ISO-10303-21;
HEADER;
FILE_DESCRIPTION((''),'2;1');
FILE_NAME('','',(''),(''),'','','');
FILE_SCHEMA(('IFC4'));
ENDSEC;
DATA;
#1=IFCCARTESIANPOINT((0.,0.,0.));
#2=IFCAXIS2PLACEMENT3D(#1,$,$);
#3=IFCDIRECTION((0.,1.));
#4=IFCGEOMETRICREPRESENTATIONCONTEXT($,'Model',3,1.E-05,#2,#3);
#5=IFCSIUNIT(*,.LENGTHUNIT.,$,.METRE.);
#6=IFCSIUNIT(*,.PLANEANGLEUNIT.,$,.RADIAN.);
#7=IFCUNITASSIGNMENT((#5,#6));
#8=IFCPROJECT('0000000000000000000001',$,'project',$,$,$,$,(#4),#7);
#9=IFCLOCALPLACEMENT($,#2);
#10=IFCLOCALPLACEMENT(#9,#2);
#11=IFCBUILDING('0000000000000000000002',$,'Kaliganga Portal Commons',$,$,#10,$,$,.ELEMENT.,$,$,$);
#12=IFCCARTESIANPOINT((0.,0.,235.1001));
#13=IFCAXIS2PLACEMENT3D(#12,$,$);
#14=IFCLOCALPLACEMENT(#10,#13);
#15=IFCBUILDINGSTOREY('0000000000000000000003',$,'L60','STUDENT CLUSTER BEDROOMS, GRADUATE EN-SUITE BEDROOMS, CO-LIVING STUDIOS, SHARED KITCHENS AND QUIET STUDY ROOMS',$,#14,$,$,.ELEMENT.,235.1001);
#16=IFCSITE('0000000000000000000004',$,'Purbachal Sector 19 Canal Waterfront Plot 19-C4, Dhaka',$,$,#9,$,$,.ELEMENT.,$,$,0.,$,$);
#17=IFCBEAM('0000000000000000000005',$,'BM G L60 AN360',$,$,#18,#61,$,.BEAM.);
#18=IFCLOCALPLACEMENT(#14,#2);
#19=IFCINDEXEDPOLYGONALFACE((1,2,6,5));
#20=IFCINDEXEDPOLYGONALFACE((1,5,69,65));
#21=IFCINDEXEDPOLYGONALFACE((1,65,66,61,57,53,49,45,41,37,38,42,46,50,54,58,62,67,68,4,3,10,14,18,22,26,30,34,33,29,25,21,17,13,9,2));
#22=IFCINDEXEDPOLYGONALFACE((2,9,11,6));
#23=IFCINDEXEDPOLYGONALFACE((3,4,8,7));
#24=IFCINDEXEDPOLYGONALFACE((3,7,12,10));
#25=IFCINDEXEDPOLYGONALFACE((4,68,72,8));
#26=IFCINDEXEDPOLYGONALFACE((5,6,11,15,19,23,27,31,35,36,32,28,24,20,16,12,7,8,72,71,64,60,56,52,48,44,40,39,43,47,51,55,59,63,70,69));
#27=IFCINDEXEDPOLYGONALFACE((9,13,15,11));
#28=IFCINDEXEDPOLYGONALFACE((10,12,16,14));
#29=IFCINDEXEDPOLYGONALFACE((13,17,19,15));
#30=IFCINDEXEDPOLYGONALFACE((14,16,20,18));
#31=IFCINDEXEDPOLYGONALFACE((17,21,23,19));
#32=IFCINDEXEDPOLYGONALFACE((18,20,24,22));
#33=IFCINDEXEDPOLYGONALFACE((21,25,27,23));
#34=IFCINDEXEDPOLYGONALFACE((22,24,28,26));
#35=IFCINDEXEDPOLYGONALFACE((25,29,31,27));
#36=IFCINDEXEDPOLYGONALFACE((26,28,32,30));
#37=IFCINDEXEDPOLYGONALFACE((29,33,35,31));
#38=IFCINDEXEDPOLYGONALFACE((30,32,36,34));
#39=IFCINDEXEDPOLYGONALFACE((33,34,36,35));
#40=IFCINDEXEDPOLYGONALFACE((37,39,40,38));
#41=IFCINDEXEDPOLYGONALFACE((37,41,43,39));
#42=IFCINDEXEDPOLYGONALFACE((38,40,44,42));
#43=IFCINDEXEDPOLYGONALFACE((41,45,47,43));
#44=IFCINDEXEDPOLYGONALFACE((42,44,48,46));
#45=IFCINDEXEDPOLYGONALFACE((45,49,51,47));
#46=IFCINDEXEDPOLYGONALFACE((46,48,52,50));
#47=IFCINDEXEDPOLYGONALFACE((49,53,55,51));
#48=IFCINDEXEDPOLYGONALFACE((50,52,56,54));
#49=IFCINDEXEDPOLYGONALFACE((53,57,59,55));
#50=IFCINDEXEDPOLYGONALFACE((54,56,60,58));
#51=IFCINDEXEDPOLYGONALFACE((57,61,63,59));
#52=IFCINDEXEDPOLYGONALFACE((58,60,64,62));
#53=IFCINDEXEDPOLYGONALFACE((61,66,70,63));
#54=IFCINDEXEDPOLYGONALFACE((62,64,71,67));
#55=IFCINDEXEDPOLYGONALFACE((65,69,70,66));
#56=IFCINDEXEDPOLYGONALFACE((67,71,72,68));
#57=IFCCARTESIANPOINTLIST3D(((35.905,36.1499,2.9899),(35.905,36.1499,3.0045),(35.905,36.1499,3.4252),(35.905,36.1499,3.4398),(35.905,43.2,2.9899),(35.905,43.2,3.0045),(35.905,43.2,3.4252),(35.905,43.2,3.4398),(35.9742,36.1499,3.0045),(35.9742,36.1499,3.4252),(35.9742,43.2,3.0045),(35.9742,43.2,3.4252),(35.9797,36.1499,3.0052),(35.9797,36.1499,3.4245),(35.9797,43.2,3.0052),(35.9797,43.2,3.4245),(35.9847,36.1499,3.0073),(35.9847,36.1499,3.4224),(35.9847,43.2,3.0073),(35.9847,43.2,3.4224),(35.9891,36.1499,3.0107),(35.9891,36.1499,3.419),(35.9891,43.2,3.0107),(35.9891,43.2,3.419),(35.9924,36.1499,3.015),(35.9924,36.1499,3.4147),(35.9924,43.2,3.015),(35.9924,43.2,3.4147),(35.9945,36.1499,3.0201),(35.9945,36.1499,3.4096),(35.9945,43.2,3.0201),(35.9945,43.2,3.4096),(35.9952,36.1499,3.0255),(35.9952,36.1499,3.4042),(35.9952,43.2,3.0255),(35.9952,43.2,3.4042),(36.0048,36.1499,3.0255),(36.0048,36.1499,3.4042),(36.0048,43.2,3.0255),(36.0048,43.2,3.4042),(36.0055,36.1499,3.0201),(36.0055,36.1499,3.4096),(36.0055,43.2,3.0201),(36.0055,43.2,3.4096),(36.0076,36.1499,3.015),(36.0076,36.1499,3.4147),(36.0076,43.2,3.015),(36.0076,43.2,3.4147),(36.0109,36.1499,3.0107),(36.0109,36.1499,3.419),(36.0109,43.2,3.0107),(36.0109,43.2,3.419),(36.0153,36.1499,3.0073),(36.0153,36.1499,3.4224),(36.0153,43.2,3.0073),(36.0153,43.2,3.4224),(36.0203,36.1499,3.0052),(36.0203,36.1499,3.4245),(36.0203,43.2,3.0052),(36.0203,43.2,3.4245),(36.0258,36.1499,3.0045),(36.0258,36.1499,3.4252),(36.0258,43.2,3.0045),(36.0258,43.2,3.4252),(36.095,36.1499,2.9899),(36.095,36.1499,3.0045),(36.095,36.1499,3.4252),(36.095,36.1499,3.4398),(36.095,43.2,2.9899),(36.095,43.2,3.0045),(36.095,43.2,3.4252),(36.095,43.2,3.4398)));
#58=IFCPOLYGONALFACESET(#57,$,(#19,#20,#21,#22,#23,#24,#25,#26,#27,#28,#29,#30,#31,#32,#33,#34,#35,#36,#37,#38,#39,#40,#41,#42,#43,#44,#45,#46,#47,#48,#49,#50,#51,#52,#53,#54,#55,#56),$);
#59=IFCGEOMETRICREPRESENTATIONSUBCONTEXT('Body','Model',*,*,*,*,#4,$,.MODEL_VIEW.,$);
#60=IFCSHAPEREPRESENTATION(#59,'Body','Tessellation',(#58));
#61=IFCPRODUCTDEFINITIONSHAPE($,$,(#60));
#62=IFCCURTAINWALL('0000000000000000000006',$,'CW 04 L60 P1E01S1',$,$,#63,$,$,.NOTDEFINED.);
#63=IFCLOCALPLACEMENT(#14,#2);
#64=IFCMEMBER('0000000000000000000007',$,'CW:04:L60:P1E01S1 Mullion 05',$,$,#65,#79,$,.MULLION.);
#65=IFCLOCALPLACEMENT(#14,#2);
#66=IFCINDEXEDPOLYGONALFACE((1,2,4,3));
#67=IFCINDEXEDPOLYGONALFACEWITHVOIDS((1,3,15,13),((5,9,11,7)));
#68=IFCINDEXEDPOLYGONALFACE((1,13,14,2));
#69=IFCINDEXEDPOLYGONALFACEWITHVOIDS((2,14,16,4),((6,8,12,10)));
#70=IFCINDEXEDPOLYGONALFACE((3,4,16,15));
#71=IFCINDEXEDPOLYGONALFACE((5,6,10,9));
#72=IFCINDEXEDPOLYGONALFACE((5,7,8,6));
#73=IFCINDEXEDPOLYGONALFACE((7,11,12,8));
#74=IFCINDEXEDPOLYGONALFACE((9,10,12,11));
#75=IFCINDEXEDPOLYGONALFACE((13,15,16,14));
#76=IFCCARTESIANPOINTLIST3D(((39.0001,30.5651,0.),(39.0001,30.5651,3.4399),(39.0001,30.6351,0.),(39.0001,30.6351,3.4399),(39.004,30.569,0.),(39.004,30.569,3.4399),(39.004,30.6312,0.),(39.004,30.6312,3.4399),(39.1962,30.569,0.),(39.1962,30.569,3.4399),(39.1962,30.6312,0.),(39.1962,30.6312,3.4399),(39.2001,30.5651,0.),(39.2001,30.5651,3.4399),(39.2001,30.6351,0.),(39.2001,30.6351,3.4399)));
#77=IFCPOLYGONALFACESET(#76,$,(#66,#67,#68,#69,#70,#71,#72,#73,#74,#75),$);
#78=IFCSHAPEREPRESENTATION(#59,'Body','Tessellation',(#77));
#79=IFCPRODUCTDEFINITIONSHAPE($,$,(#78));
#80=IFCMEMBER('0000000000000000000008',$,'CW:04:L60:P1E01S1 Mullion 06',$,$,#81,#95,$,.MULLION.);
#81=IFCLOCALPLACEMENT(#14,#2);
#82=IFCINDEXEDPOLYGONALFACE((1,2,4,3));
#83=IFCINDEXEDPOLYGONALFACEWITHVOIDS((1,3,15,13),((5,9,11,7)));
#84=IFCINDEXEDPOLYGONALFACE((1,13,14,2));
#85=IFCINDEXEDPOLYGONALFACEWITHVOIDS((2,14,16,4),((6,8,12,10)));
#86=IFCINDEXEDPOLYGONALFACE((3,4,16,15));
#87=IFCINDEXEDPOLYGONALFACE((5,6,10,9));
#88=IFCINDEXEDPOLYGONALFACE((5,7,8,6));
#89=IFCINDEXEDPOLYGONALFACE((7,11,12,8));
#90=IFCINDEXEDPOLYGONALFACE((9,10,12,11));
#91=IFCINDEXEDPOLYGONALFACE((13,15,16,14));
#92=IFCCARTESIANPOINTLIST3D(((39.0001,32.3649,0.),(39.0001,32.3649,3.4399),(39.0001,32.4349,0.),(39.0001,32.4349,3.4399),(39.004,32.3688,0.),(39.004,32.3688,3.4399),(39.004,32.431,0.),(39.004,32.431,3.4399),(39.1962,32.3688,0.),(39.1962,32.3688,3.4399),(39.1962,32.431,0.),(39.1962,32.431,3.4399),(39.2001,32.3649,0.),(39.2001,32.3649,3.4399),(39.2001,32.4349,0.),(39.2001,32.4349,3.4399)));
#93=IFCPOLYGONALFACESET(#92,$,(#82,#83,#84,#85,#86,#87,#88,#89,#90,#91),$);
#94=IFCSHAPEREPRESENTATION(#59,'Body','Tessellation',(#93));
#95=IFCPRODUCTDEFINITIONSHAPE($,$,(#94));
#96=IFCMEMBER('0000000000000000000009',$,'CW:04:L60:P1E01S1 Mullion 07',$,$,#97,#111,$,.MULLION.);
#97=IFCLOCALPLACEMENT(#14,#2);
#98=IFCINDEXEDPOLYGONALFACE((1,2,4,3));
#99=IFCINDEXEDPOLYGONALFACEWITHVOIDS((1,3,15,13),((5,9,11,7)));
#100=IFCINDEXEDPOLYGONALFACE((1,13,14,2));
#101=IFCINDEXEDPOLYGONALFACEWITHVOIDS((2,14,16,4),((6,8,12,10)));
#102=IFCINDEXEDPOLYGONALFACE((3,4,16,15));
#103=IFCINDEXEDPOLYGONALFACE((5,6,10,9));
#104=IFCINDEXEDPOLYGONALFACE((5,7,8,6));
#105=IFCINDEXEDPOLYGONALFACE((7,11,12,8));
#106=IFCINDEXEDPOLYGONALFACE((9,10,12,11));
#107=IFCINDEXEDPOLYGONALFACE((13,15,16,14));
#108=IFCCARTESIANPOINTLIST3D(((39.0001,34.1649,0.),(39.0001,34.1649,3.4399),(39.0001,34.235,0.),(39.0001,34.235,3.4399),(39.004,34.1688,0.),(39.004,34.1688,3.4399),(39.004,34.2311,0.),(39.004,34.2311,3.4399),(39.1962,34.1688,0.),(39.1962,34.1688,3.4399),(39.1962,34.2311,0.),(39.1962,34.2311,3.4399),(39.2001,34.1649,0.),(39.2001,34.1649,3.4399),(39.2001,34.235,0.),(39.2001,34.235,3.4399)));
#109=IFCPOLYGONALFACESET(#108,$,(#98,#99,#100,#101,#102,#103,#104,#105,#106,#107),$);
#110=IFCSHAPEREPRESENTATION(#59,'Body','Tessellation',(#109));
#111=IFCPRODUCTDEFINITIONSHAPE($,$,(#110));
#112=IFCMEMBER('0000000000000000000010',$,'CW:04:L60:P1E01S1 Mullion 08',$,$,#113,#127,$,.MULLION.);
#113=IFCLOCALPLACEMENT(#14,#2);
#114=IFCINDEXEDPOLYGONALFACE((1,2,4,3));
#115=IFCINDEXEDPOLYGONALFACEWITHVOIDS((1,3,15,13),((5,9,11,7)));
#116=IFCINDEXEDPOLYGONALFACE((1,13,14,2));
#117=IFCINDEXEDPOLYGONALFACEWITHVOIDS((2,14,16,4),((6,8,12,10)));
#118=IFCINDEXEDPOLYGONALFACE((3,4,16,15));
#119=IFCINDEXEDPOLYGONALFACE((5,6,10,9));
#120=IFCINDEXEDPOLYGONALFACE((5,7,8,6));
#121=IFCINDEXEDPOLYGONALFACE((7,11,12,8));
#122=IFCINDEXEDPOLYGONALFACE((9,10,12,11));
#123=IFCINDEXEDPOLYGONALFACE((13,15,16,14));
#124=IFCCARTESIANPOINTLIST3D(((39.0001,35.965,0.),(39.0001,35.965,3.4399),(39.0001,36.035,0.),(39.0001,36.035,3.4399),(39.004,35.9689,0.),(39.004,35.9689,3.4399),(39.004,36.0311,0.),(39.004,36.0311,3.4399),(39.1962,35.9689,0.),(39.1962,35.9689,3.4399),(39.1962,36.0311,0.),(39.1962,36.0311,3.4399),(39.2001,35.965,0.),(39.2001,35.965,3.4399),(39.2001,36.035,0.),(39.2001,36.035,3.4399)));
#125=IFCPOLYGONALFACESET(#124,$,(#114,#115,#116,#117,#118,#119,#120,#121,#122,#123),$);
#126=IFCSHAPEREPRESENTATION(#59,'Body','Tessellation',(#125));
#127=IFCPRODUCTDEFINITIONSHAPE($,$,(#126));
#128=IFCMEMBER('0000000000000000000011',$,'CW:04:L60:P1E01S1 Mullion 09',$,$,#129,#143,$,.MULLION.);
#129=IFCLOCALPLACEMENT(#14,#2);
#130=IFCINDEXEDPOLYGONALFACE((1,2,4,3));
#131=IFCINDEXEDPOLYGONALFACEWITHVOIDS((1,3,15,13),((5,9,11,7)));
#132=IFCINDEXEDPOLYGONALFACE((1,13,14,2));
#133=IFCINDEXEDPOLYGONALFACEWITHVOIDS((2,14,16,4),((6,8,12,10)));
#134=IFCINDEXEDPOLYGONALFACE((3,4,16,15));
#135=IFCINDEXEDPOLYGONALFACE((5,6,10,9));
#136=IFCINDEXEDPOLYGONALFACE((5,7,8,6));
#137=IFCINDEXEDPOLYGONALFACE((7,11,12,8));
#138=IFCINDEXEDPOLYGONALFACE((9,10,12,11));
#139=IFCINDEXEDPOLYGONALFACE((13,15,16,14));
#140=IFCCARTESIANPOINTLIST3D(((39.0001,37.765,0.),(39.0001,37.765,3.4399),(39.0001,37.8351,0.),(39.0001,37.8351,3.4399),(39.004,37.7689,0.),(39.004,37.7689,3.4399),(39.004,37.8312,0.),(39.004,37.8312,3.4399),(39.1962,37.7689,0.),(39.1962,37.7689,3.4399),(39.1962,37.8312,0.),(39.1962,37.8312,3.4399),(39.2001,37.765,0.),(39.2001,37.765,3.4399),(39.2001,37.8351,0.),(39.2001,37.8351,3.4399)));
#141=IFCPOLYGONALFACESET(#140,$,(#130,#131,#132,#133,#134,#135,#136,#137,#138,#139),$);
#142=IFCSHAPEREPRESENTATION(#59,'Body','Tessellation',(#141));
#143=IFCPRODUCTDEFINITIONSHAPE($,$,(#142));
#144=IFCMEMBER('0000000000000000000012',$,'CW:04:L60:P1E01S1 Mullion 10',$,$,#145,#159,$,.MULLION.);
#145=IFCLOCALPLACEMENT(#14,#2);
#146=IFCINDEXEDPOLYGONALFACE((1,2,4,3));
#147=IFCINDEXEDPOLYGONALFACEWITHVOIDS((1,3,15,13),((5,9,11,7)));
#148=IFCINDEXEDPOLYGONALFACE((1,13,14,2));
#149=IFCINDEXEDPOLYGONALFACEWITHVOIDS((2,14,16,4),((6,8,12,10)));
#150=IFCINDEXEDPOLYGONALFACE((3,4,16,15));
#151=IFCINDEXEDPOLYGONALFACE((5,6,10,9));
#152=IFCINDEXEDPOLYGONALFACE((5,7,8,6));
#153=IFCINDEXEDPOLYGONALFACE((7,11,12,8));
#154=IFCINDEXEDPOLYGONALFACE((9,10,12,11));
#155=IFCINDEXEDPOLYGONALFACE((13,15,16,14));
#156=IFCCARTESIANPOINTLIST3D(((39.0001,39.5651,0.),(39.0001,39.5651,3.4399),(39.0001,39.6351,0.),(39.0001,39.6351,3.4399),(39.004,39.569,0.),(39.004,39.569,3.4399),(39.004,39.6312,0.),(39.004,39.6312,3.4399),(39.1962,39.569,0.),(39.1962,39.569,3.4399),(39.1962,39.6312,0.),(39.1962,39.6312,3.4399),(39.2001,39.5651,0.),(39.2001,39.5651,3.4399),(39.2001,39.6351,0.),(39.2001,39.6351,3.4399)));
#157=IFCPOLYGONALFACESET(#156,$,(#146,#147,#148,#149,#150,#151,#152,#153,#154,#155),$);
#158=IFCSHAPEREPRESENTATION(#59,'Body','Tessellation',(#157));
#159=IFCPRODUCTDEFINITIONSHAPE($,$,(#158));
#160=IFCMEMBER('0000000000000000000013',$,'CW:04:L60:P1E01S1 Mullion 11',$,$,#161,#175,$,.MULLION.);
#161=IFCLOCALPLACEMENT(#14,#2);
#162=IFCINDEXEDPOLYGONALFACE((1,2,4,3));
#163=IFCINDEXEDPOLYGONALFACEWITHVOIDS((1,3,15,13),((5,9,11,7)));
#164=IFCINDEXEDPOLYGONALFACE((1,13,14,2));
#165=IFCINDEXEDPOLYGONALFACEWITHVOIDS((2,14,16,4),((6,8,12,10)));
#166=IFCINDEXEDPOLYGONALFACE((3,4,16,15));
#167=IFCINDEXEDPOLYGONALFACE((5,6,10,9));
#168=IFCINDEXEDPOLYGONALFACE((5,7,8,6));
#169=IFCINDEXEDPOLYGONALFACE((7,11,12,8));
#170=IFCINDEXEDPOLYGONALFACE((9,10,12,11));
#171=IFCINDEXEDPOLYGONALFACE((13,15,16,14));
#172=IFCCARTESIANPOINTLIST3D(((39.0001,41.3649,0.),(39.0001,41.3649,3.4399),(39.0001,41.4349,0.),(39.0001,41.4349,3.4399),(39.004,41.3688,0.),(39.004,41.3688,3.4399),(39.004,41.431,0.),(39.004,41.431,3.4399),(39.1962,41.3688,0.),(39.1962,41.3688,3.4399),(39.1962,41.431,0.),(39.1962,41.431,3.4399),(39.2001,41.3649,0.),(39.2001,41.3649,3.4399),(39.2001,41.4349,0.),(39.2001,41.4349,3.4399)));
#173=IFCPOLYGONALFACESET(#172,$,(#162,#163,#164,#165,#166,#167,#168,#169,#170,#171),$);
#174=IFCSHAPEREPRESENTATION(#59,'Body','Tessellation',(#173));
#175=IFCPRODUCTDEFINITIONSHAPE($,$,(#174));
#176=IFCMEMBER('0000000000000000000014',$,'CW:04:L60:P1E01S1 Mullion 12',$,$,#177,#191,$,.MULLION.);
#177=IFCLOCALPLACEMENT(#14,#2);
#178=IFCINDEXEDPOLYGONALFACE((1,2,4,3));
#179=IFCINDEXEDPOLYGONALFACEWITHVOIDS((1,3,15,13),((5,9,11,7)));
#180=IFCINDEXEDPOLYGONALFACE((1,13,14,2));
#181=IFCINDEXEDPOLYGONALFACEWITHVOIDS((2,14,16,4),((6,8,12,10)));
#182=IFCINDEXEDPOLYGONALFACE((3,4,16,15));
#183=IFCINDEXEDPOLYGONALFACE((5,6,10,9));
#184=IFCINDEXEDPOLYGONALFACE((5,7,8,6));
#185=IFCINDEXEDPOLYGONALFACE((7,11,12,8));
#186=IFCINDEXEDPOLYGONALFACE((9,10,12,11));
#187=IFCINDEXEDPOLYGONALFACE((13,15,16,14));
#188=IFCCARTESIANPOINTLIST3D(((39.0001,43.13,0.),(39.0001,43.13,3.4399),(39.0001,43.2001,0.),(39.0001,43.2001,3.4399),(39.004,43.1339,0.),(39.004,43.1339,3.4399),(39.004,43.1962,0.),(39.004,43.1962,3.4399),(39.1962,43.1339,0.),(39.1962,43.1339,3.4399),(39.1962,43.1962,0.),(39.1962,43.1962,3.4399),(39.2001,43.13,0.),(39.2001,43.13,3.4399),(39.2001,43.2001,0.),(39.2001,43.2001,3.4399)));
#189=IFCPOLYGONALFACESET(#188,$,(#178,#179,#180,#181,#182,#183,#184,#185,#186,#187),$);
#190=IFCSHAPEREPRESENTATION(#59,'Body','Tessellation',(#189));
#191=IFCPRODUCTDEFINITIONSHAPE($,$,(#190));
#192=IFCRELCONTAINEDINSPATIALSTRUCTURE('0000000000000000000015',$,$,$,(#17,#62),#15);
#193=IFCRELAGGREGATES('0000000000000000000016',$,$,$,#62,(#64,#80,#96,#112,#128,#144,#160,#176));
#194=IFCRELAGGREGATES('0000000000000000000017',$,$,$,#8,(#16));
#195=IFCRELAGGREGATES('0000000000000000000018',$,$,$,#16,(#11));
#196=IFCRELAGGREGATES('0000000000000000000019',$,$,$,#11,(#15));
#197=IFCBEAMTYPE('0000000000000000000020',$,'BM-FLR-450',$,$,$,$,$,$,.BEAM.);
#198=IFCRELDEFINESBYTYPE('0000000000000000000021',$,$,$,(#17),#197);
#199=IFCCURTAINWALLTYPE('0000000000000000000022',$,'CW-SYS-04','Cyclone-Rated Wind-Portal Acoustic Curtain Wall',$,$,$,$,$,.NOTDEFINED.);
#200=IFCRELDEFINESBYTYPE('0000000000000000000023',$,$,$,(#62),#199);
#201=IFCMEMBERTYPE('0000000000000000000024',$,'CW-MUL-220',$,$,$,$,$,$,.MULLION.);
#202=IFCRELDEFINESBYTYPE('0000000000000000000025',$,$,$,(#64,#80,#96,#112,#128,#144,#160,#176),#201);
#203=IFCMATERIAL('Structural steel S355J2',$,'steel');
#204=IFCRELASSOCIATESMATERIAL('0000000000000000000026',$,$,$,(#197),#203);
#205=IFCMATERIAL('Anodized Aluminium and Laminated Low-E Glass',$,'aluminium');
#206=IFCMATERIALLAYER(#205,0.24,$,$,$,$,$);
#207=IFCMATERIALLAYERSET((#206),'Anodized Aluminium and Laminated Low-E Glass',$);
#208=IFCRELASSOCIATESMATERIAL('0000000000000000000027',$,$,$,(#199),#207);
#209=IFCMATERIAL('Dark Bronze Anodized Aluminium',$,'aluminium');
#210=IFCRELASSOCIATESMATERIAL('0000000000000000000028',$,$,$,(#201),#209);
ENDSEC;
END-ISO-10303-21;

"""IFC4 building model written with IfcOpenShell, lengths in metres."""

from ifc_helpers import new_model, si_unit, direction, frame, origin, origin_2d, place, context, subcontext, project, spatial, hollow_rectangle, i_section, extrude, source, transform, mapped, material, layer, layer_set, material_profile, profile_set, type_object, element, aggregate, save


model = new_model("IFC4")

# Units and contexts
model_context = context("Model", 3, precision=1e-05, world=origin(), true_north=direction((0.0, 1.0)))
body_context = subcontext(model_context, "Body", "Model", "MODEL_VIEW")
ifc_project = project(units=[si_unit("LENGTHUNIT", "METRE"), si_unit("PLANEANGLEUNIT", "RADIAN")], contexts=[model_context])

# Site, building, storey
site_placement = place(None, origin())
site = spatial("IfcSite", under=ifc_project, at=site_placement, Name="Purbachal Sector 19 Canal Waterfront Plot 19-C4, Dhaka", CompositionType="ELEMENT", RefElevation=0.0)
building_placement = place(site_placement, origin())
building = spatial("IfcBuilding", under=site, at=building_placement, Name="Kaliganga Portal Commons", CompositionType="ELEMENT")
storey_placement = place(building_placement, frame((0.0, 0.0, 235.1001)))
storey = spatial("IfcBuildingStorey", under=building, at=storey_placement, Name="L60", Description="STUDENT CLUSTER BEDROOMS, GRADUATE EN-SUITE BEDROOMS, CO-LIVING STUDIOS, SHARED KITCHENS AND QUIET STUDY ROOMS", CompositionType="ELEMENT", Elevation=235.1001)

# Beam
ifc_material_1 = material(Name="Structural steel S355J2", Category="steel")
ifc_material_profile_1 = material_profile(ifc_material_1, i_section(OverallWidth=0.1899, OverallDepth=0.45, WebThickness=0.0095, FlangeThickness=0.0146, FilletRadius=0.021, at=origin_2d()), Name="IPE 450")
ifc_profile_set_1 = profile_set([ifc_material_profile_1], Name="Structural steel S355J2 wide-flange")
beam_type = type_object("IfcBeamType", Name="BM-FLR-450", PredefinedType="BEAM", material=ifc_profile_set_1)
shared_shape_1 = source(origin(), body_context, "Body", "SweptSolid", [
    extrude(i_section(OverallWidth=0.1899, OverallDepth=0.45, WebThickness=0.0095, FlangeThickness=0.0146, FilletRadius=0.021, at=origin_2d()), origin(), (0.0, 0.0, 1.0), 7.05),
])
beam_placement = place(storey_placement, frame((36.0, 36.1499, 3.2148), z_axis=(0.0, 1.0, 0.0), x_axis=(-1.0, 0.0, 0.0)))
element("IfcBeam", 1, at=beam_placement, inside=storey, type_object=beam_type, Name="BM G L60 AN360", PredefinedType="BEAM", context=body_context, shape_type="MappedRepresentation", body=[
    mapped(shared_shape_1, transform((0.0, 0.0, 0.0), x_axis=(1.0, 0.0, 0.0), y_axis=(0.0, 1.0, 0.0), z_axis=(0.0, 0.0, 1.0), scale=1.0)),
])

# Curtain wall, members
ifc_material_2 = material(Name="Anodized Aluminium and Laminated Low-E Glass", Category="aluminium")
ifc_layer_1 = layer(ifc_material_2, 0.24)
ifc_layer_set_1 = layer_set([ifc_layer_1], Name="Anodized Aluminium and Laminated Low-E Glass")
curtain_wall_type = type_object("IfcCurtainWallType", Name="CW-SYS-04", Description="Cyclone-Rated Wind-Portal Acoustic Curtain Wall", PredefinedType="NOTDEFINED", material=ifc_layer_set_1)
curtain_wall_1_placement = place(storey_placement, origin())
curtain_wall_1 = element("IfcCurtainWall", 2, at=curtain_wall_1_placement, inside=storey, type_object=curtain_wall_type, Name="CW 04 L60 P1E01S1", PredefinedType="NOTDEFINED")
ifc_material_3 = material(Name="Dark Bronze Anodized Aluminium", Category="aluminium")
ifc_material_profile_2 = material_profile(ifc_material_3, hollow_rectangle(XDim=0.0701, YDim=0.2, WallThickness=0.0039, at=origin_2d()), Name="ALU MULL 70x200x4")
ifc_profile_set_2 = profile_set([ifc_material_profile_2], Name="Dark Bronze Anodized Aluminium")
member_type = type_object("IfcMemberType", Name="CW-MUL-220", PredefinedType="MULLION", material=ifc_profile_set_2)
shared_shape_2 = source(origin(), body_context, "Body", "SweptSolid", [
    extrude(hollow_rectangle(XDim=0.0701, YDim=0.2, WallThickness=0.0039, at=origin_2d()), origin(), (0.0, 0.0, 1.0), 3.4399),
])
member_1_placement = place(storey_placement, frame((39.1001, 30.6001, 0.0), z_axis=(0.0, 0.0, 1.0), x_axis=(0.0, 1.0, 0.0)))
member_1 = element("IfcMember", 3, at=member_1_placement, type_object=member_type, Name="CW:04:L60:P1E01S1 Mullion 05", PredefinedType="MULLION", context=body_context, shape_type="MappedRepresentation", body=[
    mapped(shared_shape_2, transform((0.0, 0.0, 0.0), x_axis=(1.0, 0.0, 0.0), y_axis=(0.0, 1.0, 0.0), z_axis=(0.0, 0.0, 1.0), scale=1.0)),
])
member_2_placement = place(storey_placement, frame((39.1001, 32.3999, 0.0), z_axis=(0.0, 0.0, 1.0), x_axis=(0.0, 1.0, 0.0)))
member_2 = element("IfcMember", 4, at=member_2_placement, type_object=member_type, Name="CW:04:L60:P1E01S1 Mullion 06", PredefinedType="MULLION", context=body_context, shape_type="MappedRepresentation", body=[
    mapped(shared_shape_2, transform((0.0, 0.0, 0.0), x_axis=(1.0, 0.0, 0.0), y_axis=(0.0, 1.0, 0.0), z_axis=(0.0, 0.0, 1.0), scale=1.0)),
])
member_3_placement = place(storey_placement, frame((39.1001, 34.2, 0.0), z_axis=(0.0, 0.0, 1.0), x_axis=(0.0, 1.0, 0.0)))
member_3 = element("IfcMember", 5, at=member_3_placement, type_object=member_type, Name="CW:04:L60:P1E01S1 Mullion 07", PredefinedType="MULLION", context=body_context, shape_type="MappedRepresentation", body=[
    mapped(shared_shape_2, transform((0.0, 0.0, 0.0), x_axis=(1.0, 0.0, 0.0), y_axis=(0.0, 1.0, 0.0), z_axis=(0.0, 0.0, 1.0), scale=1.0)),
])
member_4_placement = place(storey_placement, frame((39.1001, 36.0, 0.0), z_axis=(0.0, 0.0, 1.0), x_axis=(0.0, 1.0, 0.0)))
member_4 = element("IfcMember", 6, at=member_4_placement, type_object=member_type, Name="CW:04:L60:P1E01S1 Mullion 08", PredefinedType="MULLION", context=body_context, shape_type="MappedRepresentation", body=[
    mapped(shared_shape_2, transform((0.0, 0.0, 0.0), x_axis=(1.0, 0.0, 0.0), y_axis=(0.0, 1.0, 0.0), z_axis=(0.0, 0.0, 1.0), scale=1.0)),
])
member_5_placement = place(storey_placement, frame((39.1001, 37.8, 0.0), z_axis=(0.0, 0.0, 1.0), x_axis=(0.0, 1.0, 0.0)))
member_5 = element("IfcMember", 7, at=member_5_placement, type_object=member_type, Name="CW:04:L60:P1E01S1 Mullion 09", PredefinedType="MULLION", context=body_context, shape_type="MappedRepresentation", body=[
    mapped(shared_shape_2, transform((0.0, 0.0, 0.0), x_axis=(1.0, 0.0, 0.0), y_axis=(0.0, 1.0, 0.0), z_axis=(0.0, 0.0, 1.0), scale=1.0)),
])
member_6_placement = place(storey_placement, frame((39.1001, 39.6001, 0.0), z_axis=(0.0, 0.0, 1.0), x_axis=(0.0, 1.0, 0.0)))
member_6 = element("IfcMember", 8, at=member_6_placement, type_object=member_type, Name="CW:04:L60:P1E01S1 Mullion 10", PredefinedType="MULLION", context=body_context, shape_type="MappedRepresentation", body=[
    mapped(shared_shape_2, transform((0.0, 0.0, 0.0), x_axis=(1.0, 0.0, 0.0), y_axis=(0.0, 1.0, 0.0), z_axis=(0.0, 0.0, 1.0), scale=1.0)),
])
member_7_placement = place(storey_placement, frame((39.1001, 41.3999, 0.0), z_axis=(0.0, 0.0, 1.0), x_axis=(0.0, 1.0, 0.0)))
member_7 = element("IfcMember", 9, at=member_7_placement, type_object=member_type, Name="CW:04:L60:P1E01S1 Mullion 11", PredefinedType="MULLION", context=body_context, shape_type="MappedRepresentation", body=[
    mapped(shared_shape_2, transform((0.0, 0.0, 0.0), x_axis=(1.0, 0.0, 0.0), y_axis=(0.0, 1.0, 0.0), z_axis=(0.0, 0.0, 1.0), scale=1.0)),
])
member_8_placement = place(storey_placement, frame((39.1001, 43.165, 0.0), z_axis=(0.0, 0.0, 1.0), x_axis=(0.0, 1.0, 0.0)))
member_8 = element("IfcMember", 10, at=member_8_placement, type_object=member_type, Name="CW:04:L60:P1E01S1 Mullion 12", PredefinedType="MULLION", context=body_context, shape_type="MappedRepresentation", body=[
    mapped(shared_shape_2, transform((0.0, 0.0, 0.0), x_axis=(1.0, 0.0, 0.0), y_axis=(0.0, 1.0, 0.0), z_axis=(0.0, 0.0, 1.0), scale=1.0)),
])

aggregate(curtain_wall_1, [member_1, member_2, member_3, member_4, member_5, member_6, member_7, member_8])

save(model, "model.ifc")
